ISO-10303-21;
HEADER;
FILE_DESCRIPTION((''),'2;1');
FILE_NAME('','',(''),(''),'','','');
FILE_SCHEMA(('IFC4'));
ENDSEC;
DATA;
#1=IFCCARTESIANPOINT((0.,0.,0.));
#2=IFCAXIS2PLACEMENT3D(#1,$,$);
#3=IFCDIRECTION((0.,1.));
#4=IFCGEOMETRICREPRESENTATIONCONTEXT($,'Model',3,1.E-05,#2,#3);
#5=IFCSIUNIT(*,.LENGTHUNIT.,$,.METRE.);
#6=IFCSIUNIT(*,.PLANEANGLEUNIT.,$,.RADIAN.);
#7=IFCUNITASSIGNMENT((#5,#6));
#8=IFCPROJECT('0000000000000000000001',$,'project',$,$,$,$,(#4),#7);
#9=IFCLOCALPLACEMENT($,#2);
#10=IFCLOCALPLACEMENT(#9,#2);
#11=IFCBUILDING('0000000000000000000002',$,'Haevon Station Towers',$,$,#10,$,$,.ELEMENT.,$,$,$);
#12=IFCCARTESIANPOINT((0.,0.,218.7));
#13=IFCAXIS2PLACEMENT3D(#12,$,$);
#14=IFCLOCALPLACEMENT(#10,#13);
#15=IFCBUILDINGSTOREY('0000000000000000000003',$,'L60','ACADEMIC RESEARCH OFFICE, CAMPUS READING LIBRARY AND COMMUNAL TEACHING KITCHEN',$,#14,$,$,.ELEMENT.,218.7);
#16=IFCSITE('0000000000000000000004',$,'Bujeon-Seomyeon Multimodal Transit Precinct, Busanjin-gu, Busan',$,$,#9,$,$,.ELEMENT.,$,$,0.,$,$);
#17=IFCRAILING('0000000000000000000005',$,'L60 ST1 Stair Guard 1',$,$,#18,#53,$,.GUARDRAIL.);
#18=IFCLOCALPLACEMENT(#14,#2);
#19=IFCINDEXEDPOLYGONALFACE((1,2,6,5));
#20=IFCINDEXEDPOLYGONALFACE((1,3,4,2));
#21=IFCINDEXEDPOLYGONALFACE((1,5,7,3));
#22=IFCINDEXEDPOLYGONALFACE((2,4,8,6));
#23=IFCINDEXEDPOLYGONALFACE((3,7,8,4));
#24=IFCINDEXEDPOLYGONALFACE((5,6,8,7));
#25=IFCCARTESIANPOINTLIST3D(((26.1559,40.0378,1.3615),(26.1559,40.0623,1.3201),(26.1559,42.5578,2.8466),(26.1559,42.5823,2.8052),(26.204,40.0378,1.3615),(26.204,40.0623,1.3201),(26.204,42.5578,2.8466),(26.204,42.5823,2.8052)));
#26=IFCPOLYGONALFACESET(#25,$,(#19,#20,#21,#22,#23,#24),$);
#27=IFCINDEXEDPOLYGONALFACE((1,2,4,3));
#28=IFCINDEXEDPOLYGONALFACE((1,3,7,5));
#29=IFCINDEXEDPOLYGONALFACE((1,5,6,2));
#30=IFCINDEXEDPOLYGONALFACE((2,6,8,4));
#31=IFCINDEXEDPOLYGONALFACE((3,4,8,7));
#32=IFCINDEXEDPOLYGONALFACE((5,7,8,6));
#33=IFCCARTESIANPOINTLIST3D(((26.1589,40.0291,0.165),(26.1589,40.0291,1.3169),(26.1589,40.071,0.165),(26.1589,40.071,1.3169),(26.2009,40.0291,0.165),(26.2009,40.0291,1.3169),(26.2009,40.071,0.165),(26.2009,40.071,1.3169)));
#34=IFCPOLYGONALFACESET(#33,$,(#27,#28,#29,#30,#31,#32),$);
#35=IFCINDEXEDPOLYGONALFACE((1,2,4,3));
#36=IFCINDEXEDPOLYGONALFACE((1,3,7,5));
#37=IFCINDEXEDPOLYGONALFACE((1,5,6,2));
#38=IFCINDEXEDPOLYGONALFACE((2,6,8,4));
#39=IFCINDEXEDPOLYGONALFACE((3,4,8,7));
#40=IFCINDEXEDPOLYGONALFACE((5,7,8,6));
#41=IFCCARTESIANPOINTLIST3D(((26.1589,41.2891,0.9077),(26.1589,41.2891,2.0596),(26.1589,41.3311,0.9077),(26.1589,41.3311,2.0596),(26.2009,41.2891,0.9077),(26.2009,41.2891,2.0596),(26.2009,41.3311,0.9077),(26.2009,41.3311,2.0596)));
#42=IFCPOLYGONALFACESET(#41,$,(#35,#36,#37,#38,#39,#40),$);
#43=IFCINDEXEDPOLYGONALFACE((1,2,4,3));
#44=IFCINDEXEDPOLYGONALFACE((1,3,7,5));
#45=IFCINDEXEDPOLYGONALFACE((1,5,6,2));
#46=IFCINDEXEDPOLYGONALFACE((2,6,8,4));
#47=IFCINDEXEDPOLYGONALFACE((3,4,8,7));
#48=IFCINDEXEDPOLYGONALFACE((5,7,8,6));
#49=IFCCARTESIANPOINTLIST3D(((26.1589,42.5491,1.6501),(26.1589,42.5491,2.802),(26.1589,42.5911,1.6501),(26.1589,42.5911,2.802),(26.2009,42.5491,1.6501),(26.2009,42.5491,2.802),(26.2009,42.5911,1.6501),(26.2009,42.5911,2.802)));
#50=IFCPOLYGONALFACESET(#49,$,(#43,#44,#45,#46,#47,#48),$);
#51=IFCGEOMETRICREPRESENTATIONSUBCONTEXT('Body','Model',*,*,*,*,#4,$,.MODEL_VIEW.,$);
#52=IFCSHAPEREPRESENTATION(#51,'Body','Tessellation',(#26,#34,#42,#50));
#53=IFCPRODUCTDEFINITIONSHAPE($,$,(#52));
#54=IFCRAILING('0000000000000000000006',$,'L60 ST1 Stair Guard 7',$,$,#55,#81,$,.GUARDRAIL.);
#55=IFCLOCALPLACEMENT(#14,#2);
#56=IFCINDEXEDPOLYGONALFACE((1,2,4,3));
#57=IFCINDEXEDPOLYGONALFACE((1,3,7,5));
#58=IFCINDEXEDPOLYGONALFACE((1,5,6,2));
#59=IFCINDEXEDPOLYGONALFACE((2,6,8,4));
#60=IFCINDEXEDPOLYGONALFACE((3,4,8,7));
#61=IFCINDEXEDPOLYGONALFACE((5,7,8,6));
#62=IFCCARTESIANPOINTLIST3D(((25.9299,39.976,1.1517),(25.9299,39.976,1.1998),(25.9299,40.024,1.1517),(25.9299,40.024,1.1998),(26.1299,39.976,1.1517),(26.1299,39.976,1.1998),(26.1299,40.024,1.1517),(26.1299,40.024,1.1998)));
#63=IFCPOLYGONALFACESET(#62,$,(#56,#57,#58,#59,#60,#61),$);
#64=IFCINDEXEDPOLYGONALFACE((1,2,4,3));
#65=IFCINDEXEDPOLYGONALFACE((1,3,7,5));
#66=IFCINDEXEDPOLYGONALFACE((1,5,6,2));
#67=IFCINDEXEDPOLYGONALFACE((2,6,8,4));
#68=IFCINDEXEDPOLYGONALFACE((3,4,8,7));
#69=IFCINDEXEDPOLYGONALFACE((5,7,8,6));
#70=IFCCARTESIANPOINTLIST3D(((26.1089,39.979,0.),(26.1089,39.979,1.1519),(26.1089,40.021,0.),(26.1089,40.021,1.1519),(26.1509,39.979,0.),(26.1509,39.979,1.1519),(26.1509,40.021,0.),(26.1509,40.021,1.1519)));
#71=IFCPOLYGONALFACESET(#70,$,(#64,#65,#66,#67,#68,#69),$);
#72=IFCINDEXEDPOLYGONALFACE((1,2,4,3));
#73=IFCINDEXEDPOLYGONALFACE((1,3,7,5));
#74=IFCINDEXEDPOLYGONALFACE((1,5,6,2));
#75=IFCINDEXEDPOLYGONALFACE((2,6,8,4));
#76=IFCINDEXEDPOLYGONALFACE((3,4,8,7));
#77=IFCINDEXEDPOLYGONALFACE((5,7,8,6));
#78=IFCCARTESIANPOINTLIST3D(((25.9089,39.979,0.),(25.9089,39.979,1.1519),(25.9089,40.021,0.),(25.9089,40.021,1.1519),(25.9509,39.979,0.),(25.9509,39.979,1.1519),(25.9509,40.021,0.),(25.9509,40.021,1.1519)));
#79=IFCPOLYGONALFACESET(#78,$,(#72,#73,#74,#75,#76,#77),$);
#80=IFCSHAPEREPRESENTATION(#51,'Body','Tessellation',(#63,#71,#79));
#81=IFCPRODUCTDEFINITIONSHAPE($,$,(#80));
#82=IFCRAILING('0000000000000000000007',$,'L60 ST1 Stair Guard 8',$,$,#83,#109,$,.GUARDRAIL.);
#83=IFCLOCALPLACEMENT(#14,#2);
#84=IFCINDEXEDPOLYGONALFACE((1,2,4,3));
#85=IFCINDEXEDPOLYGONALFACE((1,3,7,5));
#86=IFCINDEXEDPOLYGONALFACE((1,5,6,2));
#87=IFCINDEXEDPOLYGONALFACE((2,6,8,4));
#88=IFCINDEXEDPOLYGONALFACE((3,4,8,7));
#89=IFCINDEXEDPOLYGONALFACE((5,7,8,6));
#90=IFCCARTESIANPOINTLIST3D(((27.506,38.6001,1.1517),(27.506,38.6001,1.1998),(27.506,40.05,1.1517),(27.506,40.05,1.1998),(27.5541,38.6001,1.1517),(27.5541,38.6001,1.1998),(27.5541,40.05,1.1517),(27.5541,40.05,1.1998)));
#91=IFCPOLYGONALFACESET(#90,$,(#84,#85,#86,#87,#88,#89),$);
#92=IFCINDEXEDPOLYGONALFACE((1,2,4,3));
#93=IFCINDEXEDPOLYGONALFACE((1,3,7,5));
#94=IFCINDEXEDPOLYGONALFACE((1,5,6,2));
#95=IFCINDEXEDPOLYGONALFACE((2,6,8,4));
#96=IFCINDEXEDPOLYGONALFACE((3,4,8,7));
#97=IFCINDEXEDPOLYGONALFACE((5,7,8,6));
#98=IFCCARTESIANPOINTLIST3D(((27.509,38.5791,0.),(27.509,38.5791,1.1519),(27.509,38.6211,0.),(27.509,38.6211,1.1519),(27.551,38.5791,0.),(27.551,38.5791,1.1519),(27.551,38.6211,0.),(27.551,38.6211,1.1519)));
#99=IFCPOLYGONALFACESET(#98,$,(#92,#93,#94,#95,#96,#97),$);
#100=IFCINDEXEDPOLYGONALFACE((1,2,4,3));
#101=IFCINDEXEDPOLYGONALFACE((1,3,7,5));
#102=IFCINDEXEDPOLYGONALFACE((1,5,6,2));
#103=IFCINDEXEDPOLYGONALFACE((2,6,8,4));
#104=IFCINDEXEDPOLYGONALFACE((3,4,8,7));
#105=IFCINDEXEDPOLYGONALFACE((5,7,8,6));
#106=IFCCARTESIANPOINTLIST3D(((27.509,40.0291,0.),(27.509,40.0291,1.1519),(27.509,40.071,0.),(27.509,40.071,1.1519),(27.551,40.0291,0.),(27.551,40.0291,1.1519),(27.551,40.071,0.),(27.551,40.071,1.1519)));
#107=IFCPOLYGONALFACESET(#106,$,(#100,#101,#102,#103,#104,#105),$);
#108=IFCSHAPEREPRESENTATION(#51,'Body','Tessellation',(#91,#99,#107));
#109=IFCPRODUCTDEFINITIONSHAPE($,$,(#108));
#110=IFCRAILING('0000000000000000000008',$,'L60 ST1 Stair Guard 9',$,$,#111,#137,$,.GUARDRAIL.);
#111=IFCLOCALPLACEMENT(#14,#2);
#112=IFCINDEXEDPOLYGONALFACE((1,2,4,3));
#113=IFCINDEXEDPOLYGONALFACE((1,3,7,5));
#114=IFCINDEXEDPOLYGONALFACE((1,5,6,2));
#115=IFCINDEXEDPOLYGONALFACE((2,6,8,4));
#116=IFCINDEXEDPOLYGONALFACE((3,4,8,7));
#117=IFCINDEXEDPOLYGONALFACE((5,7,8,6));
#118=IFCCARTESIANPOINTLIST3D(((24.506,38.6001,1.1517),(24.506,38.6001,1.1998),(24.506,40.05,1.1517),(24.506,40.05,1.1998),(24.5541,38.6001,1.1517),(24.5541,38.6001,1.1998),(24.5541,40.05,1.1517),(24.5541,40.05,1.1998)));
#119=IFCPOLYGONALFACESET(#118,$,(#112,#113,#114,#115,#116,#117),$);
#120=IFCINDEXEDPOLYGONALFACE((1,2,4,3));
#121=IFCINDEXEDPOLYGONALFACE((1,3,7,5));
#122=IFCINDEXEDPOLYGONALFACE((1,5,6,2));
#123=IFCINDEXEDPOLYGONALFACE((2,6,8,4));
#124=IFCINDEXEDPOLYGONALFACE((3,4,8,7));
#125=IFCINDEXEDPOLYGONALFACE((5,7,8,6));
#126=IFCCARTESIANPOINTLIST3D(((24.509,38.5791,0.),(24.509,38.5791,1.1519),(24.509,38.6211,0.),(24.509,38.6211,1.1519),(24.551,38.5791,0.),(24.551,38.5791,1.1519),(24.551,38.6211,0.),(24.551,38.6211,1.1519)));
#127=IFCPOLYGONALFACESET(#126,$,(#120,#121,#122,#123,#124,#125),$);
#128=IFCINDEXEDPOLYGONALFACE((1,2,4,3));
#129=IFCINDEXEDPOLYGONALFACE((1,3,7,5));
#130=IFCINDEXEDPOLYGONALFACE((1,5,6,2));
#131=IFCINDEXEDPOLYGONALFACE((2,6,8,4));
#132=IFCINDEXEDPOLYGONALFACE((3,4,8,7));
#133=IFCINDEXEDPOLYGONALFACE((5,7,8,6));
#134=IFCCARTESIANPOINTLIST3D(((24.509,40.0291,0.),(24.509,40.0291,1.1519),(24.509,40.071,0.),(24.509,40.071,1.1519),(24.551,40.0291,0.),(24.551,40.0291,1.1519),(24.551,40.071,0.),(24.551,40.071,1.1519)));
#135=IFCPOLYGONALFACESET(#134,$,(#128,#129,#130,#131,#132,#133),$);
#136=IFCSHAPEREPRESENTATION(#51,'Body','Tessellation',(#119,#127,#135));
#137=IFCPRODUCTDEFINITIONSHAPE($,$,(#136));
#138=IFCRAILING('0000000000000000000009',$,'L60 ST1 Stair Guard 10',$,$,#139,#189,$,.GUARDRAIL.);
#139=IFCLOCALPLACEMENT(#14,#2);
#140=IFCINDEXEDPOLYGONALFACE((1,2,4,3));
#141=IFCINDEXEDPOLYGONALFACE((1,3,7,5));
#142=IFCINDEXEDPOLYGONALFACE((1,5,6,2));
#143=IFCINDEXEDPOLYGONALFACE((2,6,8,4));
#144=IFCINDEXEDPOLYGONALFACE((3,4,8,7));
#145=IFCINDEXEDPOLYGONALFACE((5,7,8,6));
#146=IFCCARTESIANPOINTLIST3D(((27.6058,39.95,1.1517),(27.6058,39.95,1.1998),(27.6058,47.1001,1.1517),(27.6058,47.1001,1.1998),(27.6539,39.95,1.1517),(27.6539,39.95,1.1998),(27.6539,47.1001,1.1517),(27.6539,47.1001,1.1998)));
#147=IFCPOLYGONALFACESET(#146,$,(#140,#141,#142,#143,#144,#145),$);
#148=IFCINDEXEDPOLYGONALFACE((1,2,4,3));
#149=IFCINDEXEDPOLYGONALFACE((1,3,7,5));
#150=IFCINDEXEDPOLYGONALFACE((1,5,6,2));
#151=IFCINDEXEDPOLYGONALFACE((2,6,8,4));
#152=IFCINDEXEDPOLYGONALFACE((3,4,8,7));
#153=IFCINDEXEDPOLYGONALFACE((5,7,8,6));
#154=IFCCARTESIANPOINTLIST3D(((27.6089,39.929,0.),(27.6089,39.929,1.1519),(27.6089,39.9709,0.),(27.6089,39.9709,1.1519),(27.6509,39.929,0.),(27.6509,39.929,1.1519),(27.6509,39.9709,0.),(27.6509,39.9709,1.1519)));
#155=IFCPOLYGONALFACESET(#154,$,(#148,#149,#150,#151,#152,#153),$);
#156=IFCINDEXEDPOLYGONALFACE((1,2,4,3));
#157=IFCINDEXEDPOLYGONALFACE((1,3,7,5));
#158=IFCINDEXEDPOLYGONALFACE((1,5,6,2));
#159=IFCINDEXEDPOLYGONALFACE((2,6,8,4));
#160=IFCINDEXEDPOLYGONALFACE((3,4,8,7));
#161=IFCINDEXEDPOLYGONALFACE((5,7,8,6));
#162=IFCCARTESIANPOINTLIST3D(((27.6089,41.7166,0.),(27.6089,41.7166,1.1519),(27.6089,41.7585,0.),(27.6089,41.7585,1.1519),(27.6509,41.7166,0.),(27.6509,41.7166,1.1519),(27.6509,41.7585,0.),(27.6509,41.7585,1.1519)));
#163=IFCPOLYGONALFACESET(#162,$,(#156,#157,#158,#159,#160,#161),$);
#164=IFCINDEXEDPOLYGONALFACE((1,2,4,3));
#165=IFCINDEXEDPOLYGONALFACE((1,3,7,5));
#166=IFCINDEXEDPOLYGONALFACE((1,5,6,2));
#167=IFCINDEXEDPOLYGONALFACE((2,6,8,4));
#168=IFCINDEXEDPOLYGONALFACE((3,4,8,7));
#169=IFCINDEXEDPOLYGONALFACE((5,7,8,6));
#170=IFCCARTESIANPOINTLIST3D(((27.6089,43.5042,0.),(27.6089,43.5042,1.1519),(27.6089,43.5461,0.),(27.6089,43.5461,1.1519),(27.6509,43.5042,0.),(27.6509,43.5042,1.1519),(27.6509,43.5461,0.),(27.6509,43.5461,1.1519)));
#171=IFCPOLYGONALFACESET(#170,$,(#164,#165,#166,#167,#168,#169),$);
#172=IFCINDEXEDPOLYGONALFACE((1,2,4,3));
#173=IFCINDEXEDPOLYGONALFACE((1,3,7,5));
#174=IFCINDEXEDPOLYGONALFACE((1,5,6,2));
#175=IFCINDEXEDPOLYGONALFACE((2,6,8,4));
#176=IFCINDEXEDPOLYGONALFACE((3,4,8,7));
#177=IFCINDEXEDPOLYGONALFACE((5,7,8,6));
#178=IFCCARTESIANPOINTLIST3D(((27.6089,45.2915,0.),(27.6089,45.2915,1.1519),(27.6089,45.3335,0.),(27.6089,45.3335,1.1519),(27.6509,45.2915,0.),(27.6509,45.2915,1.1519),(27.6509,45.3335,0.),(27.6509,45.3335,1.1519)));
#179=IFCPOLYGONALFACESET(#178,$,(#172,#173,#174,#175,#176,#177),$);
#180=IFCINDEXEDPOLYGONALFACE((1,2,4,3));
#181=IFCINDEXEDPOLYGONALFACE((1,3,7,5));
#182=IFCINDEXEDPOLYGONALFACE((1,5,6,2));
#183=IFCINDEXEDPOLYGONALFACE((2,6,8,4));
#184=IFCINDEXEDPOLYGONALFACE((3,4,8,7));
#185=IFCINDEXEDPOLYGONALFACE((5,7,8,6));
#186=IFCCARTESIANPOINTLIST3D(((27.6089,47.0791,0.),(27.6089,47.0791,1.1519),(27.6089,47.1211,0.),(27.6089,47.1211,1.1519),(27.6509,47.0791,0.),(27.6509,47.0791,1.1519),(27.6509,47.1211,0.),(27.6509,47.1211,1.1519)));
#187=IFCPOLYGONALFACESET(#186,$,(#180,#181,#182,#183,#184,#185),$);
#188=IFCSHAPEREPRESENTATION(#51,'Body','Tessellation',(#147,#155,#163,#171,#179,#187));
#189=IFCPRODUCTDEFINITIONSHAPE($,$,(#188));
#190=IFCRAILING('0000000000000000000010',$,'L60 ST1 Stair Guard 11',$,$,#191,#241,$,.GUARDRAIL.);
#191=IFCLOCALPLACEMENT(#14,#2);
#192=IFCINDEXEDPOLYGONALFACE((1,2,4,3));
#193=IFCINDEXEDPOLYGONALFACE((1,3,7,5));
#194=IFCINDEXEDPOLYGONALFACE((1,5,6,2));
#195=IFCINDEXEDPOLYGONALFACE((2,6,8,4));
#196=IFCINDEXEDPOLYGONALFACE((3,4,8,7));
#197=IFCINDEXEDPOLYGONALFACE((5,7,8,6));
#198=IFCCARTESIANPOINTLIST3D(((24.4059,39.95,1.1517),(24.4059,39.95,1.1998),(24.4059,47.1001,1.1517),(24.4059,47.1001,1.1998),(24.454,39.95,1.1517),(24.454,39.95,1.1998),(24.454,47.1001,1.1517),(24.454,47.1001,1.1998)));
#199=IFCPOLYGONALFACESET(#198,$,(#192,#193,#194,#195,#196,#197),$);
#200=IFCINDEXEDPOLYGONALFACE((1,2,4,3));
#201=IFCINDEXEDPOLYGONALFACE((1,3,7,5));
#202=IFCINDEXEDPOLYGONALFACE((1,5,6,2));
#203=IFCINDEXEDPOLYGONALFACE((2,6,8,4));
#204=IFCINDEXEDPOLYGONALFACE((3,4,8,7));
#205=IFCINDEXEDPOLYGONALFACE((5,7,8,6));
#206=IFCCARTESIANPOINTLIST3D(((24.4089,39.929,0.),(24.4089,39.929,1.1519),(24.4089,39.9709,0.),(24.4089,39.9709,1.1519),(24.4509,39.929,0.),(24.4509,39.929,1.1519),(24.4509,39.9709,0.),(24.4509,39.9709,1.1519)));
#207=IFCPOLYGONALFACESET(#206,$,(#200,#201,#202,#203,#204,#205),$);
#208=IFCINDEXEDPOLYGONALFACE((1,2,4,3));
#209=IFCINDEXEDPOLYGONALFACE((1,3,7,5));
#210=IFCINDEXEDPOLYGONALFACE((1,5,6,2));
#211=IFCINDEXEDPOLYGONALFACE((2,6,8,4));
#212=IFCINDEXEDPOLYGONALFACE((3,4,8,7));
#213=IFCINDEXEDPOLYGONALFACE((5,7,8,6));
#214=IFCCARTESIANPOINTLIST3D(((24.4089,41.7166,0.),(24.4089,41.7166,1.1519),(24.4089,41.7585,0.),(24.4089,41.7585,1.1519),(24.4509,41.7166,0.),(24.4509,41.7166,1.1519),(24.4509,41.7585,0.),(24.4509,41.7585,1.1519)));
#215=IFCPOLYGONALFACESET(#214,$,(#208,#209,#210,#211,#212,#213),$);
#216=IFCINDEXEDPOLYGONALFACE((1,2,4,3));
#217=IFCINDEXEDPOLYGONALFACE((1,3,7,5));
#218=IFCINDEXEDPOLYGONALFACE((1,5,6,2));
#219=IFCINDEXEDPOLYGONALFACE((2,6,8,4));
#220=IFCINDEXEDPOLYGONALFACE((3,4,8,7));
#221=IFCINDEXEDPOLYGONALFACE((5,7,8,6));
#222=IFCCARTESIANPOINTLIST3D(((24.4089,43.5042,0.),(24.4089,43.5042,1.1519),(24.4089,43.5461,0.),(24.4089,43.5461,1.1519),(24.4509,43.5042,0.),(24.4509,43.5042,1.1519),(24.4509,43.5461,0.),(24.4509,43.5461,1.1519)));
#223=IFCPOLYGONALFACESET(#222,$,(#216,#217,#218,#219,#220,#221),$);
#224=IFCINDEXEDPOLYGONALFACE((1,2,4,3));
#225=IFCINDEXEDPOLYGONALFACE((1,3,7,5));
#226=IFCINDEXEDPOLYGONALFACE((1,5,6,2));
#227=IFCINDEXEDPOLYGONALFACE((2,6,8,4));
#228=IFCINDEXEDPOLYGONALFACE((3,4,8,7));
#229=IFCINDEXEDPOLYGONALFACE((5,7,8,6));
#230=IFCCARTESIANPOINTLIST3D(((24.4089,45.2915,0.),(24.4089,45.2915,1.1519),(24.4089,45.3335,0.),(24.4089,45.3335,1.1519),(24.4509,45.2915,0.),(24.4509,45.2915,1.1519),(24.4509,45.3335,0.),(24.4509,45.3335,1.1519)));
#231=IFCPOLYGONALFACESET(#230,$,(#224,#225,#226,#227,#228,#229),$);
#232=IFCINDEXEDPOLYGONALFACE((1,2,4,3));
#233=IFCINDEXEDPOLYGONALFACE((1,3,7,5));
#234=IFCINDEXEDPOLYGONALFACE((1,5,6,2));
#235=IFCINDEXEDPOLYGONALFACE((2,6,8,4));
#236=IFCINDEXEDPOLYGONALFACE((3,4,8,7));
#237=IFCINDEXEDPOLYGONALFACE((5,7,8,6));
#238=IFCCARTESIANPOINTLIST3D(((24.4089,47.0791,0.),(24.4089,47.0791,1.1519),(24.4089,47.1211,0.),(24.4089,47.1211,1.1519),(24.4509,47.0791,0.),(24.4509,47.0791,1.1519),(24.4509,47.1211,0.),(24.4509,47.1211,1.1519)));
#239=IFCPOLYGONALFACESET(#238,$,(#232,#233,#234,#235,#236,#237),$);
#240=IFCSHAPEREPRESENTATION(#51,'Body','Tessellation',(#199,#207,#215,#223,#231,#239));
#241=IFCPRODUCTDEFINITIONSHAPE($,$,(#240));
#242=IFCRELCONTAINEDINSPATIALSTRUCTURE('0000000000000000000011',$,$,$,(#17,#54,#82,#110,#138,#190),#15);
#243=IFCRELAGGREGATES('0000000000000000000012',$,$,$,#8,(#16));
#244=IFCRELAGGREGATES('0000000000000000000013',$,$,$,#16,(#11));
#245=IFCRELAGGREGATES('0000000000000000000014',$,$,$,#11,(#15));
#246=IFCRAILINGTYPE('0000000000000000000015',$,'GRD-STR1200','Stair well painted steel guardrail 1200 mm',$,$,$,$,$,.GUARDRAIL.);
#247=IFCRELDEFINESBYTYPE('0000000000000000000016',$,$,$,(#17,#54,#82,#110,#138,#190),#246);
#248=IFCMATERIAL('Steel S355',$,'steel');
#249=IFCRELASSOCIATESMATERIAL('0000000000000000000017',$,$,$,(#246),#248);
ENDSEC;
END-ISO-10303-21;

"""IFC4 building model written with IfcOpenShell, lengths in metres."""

from ifc_helpers import new_model, si_unit, direction, frame, origin, origin_2d, place, context, subcontext, project, spatial, rectangle, extrude, material, type_object, element, save


model = new_model("IFC4")

# Units and contexts
model_context = context("Model", 3, precision=1e-05, world=origin(), true_north=direction((0.0, 1.0)))
body_context = subcontext(model_context, "Body", "Model", "MODEL_VIEW")
ifc_project = project(units=[si_unit("LENGTHUNIT", "METRE"), si_unit("PLANEANGLEUNIT", "RADIAN")], contexts=[model_context])

# Site, building, storey
site_placement = place(None, origin())
site = spatial("IfcSite", under=ifc_project, at=site_placement, Name="Bujeon-Seomyeon Multimodal Transit Precinct, Busanjin-gu, Busan", CompositionType="ELEMENT", RefElevation=0.0)
building_placement = place(site_placement, origin())
building = spatial("IfcBuilding", under=site, at=building_placement, Name="Haevon Station Towers", CompositionType="ELEMENT")
storey_placement = place(building_placement, frame((0.0, 0.0, 218.7)))
storey = spatial("IfcBuildingStorey", under=building, at=storey_placement, Name="L60", Description="ACADEMIC RESEARCH OFFICE, CAMPUS READING LIBRARY AND COMMUNAL TEACHING KITCHEN", CompositionType="ELEMENT", Elevation=218.7)

# Shared definitions
ifc_material_1 = material(Name="Steel S355", Category="steel")

# Railings
railing_type_1 = type_object("IfcRailingType", Name="GRD-STR1200", Description="Stair well painted steel guardrail 1200 mm", PredefinedType="GUARDRAIL", material=ifc_material_1)
railing_1_placement = place(storey_placement, frame((26.1799, 40.05, 0.165)))
element("IfcRailing", 1, at=railing_1_placement, inside=storey, type_object=railing_type_1, Name="L60 ST1 Stair Guard 1", PredefinedType="GUARDRAIL", context=body_context, shape_type="SweptSolid", body=[
    extrude(rectangle(XDim=0.0481, YDim=0.0481, at=origin_2d()), frame((0.0, 0.0, 1.1758), z_axis=(0.0, 0.861524, 0.507717), x_axis=(-1.0, 0.0, 0.0)), (0.0, 0.0, 1.0), 2.925),
    extrude(rectangle(XDim=0.042, YDim=0.042, at=origin_2d()), origin(), (0.0, 0.0, 1.0), 1.1519),
    extrude(rectangle(XDim=0.042, YDim=0.042, at=origin_2d()), frame((0.0, 1.26, 0.7427)), (0.0, 0.0, 1.0), 1.1519),
    extrude(rectangle(XDim=0.042, YDim=0.042, at=origin_2d()), frame((0.0, 2.52, 1.4851)), (0.0, 0.0, 1.0), 1.1519),
])
railing_2_placement = place(storey_placement, frame((26.1299, 40.0, 0.0)))
element("IfcRailing", 2, at=railing_2_placement, inside=storey, type_object=railing_type_1, Name="L60 ST1 Stair Guard 7", PredefinedType="GUARDRAIL", context=body_context, shape_type="SweptSolid", body=[
    extrude(rectangle(XDim=0.0481, YDim=0.0481, at=origin_2d()), frame((0.0, 0.0, 1.1758), z_axis=(-1.0, 0.0, 0.0), x_axis=(0.0, -1.0, 0.0)), (0.0, 0.0, 1.0), 0.2),
    extrude(rectangle(XDim=0.042, YDim=0.042, at=origin_2d()), origin(), (0.0, 0.0, 1.0), 1.1519),
    extrude(rectangle(XDim=0.042, YDim=0.042, at=origin_2d()), frame((-0.2, 0.0, 0.0)), (0.0, 0.0, 1.0), 1.1519),
])
for number, where, name in (
    (3, (27.53, 38.6001, 0.0), "L60 ST1 Stair Guard 8"),
    (4, (24.53, 38.6001, 0.0), "L60 ST1 Stair Guard 9"),
):
    element("IfcRailing", number, at=place(storey_placement, frame(where)), inside=storey, type_object=railing_type_1, Name=name, PredefinedType="GUARDRAIL", context=body_context, shape_type="SweptSolid", body=[
        extrude(rectangle(XDim=0.0481, YDim=0.0481, at=origin_2d()), frame((0.0, 0.0, 1.1758), z_axis=(0.0, 1.0, 0.0), x_axis=(-1.0, 0.0, 0.0)), (0.0, 0.0, 1.0), 1.45),
        extrude(rectangle(XDim=0.042, YDim=0.042, at=origin_2d()), origin(), (0.0, 0.0, 1.0), 1.1519),
        extrude(rectangle(XDim=0.042, YDim=0.042, at=origin_2d()), frame((0.0, 1.45, 0.0)), (0.0, 0.0, 1.0), 1.1519),
    ])
for number, where, name in (
    (5, (27.6299, 39.95, 0.0), "L60 ST1 Stair Guard 10"),
    (6, (24.4299, 39.95, 0.0), "L60 ST1 Stair Guard 11"),
):
    element("IfcRailing", number, at=place(storey_placement, frame(where)), inside=storey, type_object=railing_type_1, Name=name, PredefinedType="GUARDRAIL", context=body_context, shape_type="SweptSolid", body=[
        extrude(rectangle(XDim=0.0481, YDim=0.0481, at=origin_2d()), frame((0.0, 0.0, 1.1758), z_axis=(0.0, 1.0, 0.0), x_axis=(-1.0, 0.0, 0.0)), (0.0, 0.0, 1.0), 7.1501),
        extrude(rectangle(XDim=0.042, YDim=0.042, at=origin_2d()), origin(), (0.0, 0.0, 1.0), 1.1519),
        extrude(rectangle(XDim=0.042, YDim=0.042, at=origin_2d()), frame((0.0, 1.7876, 0.0)), (0.0, 0.0, 1.0), 1.1519),
        extrude(rectangle(XDim=0.042, YDim=0.042, at=origin_2d()), frame((0.0, 3.5752, 0.0)), (0.0, 0.0, 1.0), 1.1519),
        extrude(rectangle(XDim=0.042, YDim=0.042, at=origin_2d()), frame((0.0, 5.3625, 0.0)), (0.0, 0.0, 1.0), 1.1519),
        extrude(rectangle(XDim=0.042, YDim=0.042, at=origin_2d()), frame((0.0, 7.1501, 0.0)), (0.0, 0.0, 1.0), 1.1519),
    ])

save(model, "model.ifc")
